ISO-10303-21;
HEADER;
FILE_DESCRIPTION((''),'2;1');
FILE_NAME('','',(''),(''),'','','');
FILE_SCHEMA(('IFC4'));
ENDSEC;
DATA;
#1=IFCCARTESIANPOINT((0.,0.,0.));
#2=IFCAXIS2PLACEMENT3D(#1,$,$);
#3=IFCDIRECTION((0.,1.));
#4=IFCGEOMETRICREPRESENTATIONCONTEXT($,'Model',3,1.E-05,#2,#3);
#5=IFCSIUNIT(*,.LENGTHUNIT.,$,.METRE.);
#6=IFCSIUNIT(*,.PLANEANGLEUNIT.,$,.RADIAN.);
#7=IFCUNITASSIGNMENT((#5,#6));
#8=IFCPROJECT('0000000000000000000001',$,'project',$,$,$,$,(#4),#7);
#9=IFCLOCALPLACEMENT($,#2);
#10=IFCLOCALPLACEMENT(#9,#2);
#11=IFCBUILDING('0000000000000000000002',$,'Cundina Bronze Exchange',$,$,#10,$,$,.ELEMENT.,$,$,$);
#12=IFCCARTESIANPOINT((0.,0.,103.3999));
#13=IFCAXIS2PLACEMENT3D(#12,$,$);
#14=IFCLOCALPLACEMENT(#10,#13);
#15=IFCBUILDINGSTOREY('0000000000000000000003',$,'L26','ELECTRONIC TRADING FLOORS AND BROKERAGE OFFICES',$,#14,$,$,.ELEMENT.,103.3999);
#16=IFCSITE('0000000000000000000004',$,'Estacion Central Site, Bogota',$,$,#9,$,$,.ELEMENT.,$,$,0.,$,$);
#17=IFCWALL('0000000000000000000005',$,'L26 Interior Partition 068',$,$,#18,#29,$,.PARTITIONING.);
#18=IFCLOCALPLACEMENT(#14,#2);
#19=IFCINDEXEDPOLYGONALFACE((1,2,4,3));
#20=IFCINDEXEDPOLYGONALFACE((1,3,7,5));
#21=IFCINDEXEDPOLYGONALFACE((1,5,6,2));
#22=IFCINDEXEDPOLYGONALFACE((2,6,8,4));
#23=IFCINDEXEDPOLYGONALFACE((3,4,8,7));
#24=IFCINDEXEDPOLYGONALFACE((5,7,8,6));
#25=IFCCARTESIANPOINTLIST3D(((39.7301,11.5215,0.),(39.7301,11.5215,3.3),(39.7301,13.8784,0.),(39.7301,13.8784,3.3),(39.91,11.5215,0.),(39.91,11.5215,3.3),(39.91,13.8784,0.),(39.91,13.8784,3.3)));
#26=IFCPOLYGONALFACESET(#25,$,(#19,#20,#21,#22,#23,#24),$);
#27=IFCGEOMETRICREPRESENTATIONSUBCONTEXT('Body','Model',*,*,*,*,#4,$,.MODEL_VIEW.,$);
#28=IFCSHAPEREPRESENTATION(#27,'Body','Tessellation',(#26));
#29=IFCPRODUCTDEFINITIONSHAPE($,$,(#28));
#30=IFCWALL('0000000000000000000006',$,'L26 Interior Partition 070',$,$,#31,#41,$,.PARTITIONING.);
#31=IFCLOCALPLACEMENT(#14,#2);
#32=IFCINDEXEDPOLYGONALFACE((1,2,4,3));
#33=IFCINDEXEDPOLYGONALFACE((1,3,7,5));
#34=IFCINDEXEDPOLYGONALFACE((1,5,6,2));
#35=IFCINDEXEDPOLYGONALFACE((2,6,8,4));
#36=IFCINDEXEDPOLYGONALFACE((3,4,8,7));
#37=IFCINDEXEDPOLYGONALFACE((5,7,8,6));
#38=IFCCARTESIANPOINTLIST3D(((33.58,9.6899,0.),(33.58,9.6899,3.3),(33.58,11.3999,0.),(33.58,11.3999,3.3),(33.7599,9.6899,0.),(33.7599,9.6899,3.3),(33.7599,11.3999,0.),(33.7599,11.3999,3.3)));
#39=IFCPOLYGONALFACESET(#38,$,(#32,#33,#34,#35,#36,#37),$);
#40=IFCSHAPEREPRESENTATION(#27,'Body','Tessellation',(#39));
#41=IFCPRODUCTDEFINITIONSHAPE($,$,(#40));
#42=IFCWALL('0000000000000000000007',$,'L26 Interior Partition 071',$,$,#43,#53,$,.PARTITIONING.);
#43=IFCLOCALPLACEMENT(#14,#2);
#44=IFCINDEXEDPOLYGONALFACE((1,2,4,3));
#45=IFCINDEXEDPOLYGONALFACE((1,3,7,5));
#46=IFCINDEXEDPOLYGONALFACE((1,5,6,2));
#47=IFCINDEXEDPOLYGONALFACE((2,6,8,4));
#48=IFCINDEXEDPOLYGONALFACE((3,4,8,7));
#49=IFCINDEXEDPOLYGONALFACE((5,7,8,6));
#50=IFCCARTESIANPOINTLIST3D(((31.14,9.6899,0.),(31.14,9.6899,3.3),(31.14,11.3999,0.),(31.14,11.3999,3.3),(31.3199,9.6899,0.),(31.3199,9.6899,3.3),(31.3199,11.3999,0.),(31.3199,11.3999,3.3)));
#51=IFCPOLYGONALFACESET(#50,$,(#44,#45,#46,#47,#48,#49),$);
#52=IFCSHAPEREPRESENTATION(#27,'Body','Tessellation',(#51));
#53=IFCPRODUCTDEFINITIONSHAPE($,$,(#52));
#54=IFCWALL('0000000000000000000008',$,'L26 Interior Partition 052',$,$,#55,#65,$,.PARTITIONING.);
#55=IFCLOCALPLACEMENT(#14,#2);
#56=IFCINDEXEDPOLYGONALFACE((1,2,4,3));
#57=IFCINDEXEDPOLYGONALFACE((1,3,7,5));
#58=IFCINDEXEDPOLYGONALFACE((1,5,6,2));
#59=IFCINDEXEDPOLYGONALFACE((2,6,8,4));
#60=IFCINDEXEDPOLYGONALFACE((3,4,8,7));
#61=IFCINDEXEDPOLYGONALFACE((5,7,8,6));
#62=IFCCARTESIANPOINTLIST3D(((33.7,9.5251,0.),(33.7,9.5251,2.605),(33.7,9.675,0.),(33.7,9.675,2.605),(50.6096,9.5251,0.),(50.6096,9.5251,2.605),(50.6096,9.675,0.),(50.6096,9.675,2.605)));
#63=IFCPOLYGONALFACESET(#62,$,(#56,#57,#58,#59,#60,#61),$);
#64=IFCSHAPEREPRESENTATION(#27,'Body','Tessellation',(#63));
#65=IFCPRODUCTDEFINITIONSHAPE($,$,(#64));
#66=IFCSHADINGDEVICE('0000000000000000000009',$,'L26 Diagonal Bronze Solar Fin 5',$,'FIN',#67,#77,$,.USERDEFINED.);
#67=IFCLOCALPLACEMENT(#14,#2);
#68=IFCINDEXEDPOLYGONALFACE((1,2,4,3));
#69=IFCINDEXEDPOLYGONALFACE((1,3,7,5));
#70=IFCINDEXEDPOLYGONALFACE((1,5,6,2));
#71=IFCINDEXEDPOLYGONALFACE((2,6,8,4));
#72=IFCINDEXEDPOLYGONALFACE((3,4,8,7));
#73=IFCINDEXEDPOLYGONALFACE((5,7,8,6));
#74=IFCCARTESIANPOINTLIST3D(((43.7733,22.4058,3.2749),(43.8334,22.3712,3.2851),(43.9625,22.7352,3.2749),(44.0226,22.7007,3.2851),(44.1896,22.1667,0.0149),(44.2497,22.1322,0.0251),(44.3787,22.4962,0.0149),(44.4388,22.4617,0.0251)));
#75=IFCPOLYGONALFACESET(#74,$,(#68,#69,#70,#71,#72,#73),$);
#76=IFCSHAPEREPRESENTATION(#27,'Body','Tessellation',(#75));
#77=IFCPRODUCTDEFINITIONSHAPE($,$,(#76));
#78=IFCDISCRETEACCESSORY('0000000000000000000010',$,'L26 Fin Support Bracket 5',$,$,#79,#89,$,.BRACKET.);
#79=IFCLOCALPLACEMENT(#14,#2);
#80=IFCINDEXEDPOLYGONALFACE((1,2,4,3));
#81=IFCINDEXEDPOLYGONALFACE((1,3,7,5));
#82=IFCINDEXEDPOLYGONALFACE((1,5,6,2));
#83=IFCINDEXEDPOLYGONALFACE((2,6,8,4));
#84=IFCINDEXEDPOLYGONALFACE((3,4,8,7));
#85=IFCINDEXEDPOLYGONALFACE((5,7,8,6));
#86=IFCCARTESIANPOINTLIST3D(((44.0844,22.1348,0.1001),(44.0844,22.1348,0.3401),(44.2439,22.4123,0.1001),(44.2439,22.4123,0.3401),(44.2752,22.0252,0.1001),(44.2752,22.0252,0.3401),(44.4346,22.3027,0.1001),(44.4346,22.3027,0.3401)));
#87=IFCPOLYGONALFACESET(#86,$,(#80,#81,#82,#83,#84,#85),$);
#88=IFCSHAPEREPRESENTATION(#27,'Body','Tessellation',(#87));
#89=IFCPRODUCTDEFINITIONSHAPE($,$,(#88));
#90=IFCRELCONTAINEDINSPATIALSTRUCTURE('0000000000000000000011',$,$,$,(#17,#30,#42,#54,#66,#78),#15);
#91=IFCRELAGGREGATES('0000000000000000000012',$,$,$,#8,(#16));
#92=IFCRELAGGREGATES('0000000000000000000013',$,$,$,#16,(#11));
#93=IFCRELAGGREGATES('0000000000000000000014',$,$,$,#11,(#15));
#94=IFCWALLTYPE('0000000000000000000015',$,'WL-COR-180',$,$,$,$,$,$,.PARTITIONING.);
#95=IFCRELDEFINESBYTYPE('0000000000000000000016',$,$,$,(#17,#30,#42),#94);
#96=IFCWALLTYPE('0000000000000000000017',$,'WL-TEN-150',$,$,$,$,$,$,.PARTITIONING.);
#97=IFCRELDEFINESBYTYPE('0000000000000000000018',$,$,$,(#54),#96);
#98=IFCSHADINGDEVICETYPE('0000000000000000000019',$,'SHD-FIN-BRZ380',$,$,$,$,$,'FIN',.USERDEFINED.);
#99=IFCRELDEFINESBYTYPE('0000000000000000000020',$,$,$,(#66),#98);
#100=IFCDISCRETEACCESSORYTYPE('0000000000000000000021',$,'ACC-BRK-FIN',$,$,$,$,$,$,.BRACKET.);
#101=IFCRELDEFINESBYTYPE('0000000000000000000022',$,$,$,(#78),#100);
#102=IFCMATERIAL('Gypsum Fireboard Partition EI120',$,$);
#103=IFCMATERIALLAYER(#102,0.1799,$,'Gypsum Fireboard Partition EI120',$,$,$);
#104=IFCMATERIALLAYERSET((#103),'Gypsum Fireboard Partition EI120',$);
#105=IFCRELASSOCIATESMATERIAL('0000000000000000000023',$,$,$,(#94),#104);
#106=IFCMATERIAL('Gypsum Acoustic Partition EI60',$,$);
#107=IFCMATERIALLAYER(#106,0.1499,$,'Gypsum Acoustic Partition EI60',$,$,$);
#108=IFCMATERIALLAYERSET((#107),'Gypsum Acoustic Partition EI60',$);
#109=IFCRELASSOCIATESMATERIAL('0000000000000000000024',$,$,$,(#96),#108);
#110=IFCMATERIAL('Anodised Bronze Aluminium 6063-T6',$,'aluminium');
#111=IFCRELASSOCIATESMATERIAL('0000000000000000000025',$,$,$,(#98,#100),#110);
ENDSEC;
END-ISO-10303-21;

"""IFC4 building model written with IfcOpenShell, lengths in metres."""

from ifc_helpers import new_model, si_unit, direction, frame, frame_2d, origin, origin_2d, place, context, subcontext, project, spatial, rectangle, extrude, material, layer, layer_set, material_profile, profile_set, type_object, element, save


model = new_model("IFC4")

# Units and contexts
model_context = context("Model", 3, precision=1e-05, world=origin(), true_north=direction((0.0, 1.0)))
body_context = subcontext(model_context, "Body", "Model", "MODEL_VIEW")
ifc_project = project(units=[si_unit("LENGTHUNIT", "METRE"), si_unit("PLANEANGLEUNIT", "RADIAN")], contexts=[model_context])

# Site, building, storey
site_placement = place(None, origin())
site = spatial("IfcSite", under=ifc_project, at=site_placement, Name="Estacion Central Site, Bogota", CompositionType="ELEMENT", RefElevation=0.0)
building_placement = place(site_placement, origin())
building = spatial("IfcBuilding", under=site, at=building_placement, Name="Cundina Bronze Exchange", CompositionType="ELEMENT")
storey_placement = place(building_placement, frame((0.0, 0.0, 103.3999)))
storey = spatial("IfcBuildingStorey", under=building, at=storey_placement, Name="L26", Description="ELECTRONIC TRADING FLOORS AND BROKERAGE OFFICES", CompositionType="ELEMENT", Elevation=103.3999)

# Shared definitions
ifc_material_1 = material(Name="Anodised Bronze Aluminium 6063-T6", Category="aluminium")

# Shared definitions
ifc_material_2 = material(Name="Gypsum Fireboard Partition EI120")
ifc_layer_1 = layer(ifc_material_2, 0.1799, Name="Gypsum Fireboard Partition EI120")
ifc_layer_set_1 = layer_set([ifc_layer_1], Name="Gypsum Fireboard Partition EI120")
wall_type_1 = type_object("IfcWallType", Name="WL-COR-180", PredefinedType="PARTITIONING", material=ifc_layer_set_1)

# Walls
wall_1_placement = place(storey_placement, frame((39.8201, 11.5215, 0.0), z_axis=(0.0, 0.0, 1.0), x_axis=(0.0, 1.0, 0.0)))
element("IfcWall", 1, at=wall_1_placement, inside=storey, type_object=wall_type_1, Name="L26 Interior Partition 068", PredefinedType="PARTITIONING", context=body_context, shape_type="SweptSolid", body=[
    extrude(rectangle(XDim=2.3569, YDim=0.1799, at=frame_2d((1.1785, 0.0))), origin(), (0.0, 0.0, 1.0), 3.3),
])
for number, where, z_axis, x_axis, name in (
    (2, (33.6699, 9.6899, 0.0), (0.0, 0.0, 1.0), (0.0, 1.0, 0.0), "L26 Interior Partition 070"),
    (3, (31.23, 11.3999, 0.0), (0.0, 0.0, 1.0), (0.0, -1.0, 0.0), "L26 Interior Partition 071"),
):
    element("IfcWall", number, at=place(storey_placement, frame(where, z_axis=z_axis, x_axis=x_axis)), inside=storey, type_object=wall_type_1, Name=name, PredefinedType="PARTITIONING", context=body_context, shape_type="SweptSolid", body=[
        extrude(rectangle(XDim=1.71, YDim=0.1799, at=frame_2d((0.855, 0.0))), origin(), (0.0, 0.0, 1.0), 3.3),
    ])
ifc_material_3 = material(Name="Gypsum Acoustic Partition EI60")
ifc_layer_2 = layer(ifc_material_3, 0.1499, Name="Gypsum Acoustic Partition EI60")
ifc_layer_set_2 = layer_set([ifc_layer_2], Name="Gypsum Acoustic Partition EI60")
wall_type_2 = type_object("IfcWallType", Name="WL-TEN-150", PredefinedType="PARTITIONING", material=ifc_layer_set_2)
wall_2_placement = place(storey_placement, frame((33.7, 9.6001, 0.0), z_axis=(0.0, 0.0, 1.0), x_axis=(1.0, 0.0, 0.0)))
element("IfcWall", 4, at=wall_2_placement, inside=storey, type_object=wall_type_2, Name="L26 Interior Partition 052", PredefinedType="PARTITIONING", context=body_context, shape_type="SweptSolid", body=[
    extrude(rectangle(XDim=16.9097, YDim=0.1499, at=frame_2d((8.4548, 0.0))), origin(), (0.0, 0.0, 1.0), 2.605),
])

# Shading device
ifc_material_profile_1 = material_profile(ifc_material_1, rectangle(XDim=0.0701, YDim=0.3799, at=origin_2d()), Name="FIN70X380", Category="aluminium")
ifc_profile_set_1 = profile_set([ifc_material_profile_1], Name="Anodised Bronze Aluminium 6063-T6")
shading_device_type = type_object("IfcShadingDeviceType", Name="SHD-FIN-BRZ380", ElementType="FIN", PredefinedType="USERDEFINED", material=ifc_profile_set_1)
shading_device_placement = place(storey_placement, frame((44.3142, 22.3142, 0.02), z_axis=(-0.126325, 0.072535, 0.989333), x_axis=(0.857958, -0.492634, 0.145668)))
element("IfcShadingDevice", 5, at=shading_device_placement, inside=storey, type_object=shading_device_type, Name="L26 Diagonal Bronze Solar Fin 5", ObjectType="FIN", PredefinedType="USERDEFINED", context=body_context, shape_type="SweptSolid", body=[
    extrude(rectangle(XDim=0.0701, YDim=0.3799, at=origin_2d()), origin(), (0.0, 0.0, 1.0), 3.2952),
])

# Discrete accessory
discrete_accessory_type = type_object("IfcDiscreteAccessoryType", Name="ACC-BRK-FIN", PredefinedType="BRACKET", material=ifc_material_1)
discrete_accessory_placement = place(storey_placement, frame((44.2595, 22.2188, 0.1001), z_axis=(0.0, 0.0, 1.0), x_axis=(-0.867105, 0.498125, 0.0)))
element("IfcDiscreteAccessory", 6, at=discrete_accessory_placement, inside=storey, type_object=discrete_accessory_type, Name="L26 Fin Support Bracket 5", PredefinedType="BRACKET", context=body_context, shape_type="SweptSolid", body=[
    extrude(rectangle(XDim=0.22, YDim=0.3201, at=origin_2d()), origin(), (0.0, 0.0, 1.0), 0.24),
])

save(model, "model.ifc")
